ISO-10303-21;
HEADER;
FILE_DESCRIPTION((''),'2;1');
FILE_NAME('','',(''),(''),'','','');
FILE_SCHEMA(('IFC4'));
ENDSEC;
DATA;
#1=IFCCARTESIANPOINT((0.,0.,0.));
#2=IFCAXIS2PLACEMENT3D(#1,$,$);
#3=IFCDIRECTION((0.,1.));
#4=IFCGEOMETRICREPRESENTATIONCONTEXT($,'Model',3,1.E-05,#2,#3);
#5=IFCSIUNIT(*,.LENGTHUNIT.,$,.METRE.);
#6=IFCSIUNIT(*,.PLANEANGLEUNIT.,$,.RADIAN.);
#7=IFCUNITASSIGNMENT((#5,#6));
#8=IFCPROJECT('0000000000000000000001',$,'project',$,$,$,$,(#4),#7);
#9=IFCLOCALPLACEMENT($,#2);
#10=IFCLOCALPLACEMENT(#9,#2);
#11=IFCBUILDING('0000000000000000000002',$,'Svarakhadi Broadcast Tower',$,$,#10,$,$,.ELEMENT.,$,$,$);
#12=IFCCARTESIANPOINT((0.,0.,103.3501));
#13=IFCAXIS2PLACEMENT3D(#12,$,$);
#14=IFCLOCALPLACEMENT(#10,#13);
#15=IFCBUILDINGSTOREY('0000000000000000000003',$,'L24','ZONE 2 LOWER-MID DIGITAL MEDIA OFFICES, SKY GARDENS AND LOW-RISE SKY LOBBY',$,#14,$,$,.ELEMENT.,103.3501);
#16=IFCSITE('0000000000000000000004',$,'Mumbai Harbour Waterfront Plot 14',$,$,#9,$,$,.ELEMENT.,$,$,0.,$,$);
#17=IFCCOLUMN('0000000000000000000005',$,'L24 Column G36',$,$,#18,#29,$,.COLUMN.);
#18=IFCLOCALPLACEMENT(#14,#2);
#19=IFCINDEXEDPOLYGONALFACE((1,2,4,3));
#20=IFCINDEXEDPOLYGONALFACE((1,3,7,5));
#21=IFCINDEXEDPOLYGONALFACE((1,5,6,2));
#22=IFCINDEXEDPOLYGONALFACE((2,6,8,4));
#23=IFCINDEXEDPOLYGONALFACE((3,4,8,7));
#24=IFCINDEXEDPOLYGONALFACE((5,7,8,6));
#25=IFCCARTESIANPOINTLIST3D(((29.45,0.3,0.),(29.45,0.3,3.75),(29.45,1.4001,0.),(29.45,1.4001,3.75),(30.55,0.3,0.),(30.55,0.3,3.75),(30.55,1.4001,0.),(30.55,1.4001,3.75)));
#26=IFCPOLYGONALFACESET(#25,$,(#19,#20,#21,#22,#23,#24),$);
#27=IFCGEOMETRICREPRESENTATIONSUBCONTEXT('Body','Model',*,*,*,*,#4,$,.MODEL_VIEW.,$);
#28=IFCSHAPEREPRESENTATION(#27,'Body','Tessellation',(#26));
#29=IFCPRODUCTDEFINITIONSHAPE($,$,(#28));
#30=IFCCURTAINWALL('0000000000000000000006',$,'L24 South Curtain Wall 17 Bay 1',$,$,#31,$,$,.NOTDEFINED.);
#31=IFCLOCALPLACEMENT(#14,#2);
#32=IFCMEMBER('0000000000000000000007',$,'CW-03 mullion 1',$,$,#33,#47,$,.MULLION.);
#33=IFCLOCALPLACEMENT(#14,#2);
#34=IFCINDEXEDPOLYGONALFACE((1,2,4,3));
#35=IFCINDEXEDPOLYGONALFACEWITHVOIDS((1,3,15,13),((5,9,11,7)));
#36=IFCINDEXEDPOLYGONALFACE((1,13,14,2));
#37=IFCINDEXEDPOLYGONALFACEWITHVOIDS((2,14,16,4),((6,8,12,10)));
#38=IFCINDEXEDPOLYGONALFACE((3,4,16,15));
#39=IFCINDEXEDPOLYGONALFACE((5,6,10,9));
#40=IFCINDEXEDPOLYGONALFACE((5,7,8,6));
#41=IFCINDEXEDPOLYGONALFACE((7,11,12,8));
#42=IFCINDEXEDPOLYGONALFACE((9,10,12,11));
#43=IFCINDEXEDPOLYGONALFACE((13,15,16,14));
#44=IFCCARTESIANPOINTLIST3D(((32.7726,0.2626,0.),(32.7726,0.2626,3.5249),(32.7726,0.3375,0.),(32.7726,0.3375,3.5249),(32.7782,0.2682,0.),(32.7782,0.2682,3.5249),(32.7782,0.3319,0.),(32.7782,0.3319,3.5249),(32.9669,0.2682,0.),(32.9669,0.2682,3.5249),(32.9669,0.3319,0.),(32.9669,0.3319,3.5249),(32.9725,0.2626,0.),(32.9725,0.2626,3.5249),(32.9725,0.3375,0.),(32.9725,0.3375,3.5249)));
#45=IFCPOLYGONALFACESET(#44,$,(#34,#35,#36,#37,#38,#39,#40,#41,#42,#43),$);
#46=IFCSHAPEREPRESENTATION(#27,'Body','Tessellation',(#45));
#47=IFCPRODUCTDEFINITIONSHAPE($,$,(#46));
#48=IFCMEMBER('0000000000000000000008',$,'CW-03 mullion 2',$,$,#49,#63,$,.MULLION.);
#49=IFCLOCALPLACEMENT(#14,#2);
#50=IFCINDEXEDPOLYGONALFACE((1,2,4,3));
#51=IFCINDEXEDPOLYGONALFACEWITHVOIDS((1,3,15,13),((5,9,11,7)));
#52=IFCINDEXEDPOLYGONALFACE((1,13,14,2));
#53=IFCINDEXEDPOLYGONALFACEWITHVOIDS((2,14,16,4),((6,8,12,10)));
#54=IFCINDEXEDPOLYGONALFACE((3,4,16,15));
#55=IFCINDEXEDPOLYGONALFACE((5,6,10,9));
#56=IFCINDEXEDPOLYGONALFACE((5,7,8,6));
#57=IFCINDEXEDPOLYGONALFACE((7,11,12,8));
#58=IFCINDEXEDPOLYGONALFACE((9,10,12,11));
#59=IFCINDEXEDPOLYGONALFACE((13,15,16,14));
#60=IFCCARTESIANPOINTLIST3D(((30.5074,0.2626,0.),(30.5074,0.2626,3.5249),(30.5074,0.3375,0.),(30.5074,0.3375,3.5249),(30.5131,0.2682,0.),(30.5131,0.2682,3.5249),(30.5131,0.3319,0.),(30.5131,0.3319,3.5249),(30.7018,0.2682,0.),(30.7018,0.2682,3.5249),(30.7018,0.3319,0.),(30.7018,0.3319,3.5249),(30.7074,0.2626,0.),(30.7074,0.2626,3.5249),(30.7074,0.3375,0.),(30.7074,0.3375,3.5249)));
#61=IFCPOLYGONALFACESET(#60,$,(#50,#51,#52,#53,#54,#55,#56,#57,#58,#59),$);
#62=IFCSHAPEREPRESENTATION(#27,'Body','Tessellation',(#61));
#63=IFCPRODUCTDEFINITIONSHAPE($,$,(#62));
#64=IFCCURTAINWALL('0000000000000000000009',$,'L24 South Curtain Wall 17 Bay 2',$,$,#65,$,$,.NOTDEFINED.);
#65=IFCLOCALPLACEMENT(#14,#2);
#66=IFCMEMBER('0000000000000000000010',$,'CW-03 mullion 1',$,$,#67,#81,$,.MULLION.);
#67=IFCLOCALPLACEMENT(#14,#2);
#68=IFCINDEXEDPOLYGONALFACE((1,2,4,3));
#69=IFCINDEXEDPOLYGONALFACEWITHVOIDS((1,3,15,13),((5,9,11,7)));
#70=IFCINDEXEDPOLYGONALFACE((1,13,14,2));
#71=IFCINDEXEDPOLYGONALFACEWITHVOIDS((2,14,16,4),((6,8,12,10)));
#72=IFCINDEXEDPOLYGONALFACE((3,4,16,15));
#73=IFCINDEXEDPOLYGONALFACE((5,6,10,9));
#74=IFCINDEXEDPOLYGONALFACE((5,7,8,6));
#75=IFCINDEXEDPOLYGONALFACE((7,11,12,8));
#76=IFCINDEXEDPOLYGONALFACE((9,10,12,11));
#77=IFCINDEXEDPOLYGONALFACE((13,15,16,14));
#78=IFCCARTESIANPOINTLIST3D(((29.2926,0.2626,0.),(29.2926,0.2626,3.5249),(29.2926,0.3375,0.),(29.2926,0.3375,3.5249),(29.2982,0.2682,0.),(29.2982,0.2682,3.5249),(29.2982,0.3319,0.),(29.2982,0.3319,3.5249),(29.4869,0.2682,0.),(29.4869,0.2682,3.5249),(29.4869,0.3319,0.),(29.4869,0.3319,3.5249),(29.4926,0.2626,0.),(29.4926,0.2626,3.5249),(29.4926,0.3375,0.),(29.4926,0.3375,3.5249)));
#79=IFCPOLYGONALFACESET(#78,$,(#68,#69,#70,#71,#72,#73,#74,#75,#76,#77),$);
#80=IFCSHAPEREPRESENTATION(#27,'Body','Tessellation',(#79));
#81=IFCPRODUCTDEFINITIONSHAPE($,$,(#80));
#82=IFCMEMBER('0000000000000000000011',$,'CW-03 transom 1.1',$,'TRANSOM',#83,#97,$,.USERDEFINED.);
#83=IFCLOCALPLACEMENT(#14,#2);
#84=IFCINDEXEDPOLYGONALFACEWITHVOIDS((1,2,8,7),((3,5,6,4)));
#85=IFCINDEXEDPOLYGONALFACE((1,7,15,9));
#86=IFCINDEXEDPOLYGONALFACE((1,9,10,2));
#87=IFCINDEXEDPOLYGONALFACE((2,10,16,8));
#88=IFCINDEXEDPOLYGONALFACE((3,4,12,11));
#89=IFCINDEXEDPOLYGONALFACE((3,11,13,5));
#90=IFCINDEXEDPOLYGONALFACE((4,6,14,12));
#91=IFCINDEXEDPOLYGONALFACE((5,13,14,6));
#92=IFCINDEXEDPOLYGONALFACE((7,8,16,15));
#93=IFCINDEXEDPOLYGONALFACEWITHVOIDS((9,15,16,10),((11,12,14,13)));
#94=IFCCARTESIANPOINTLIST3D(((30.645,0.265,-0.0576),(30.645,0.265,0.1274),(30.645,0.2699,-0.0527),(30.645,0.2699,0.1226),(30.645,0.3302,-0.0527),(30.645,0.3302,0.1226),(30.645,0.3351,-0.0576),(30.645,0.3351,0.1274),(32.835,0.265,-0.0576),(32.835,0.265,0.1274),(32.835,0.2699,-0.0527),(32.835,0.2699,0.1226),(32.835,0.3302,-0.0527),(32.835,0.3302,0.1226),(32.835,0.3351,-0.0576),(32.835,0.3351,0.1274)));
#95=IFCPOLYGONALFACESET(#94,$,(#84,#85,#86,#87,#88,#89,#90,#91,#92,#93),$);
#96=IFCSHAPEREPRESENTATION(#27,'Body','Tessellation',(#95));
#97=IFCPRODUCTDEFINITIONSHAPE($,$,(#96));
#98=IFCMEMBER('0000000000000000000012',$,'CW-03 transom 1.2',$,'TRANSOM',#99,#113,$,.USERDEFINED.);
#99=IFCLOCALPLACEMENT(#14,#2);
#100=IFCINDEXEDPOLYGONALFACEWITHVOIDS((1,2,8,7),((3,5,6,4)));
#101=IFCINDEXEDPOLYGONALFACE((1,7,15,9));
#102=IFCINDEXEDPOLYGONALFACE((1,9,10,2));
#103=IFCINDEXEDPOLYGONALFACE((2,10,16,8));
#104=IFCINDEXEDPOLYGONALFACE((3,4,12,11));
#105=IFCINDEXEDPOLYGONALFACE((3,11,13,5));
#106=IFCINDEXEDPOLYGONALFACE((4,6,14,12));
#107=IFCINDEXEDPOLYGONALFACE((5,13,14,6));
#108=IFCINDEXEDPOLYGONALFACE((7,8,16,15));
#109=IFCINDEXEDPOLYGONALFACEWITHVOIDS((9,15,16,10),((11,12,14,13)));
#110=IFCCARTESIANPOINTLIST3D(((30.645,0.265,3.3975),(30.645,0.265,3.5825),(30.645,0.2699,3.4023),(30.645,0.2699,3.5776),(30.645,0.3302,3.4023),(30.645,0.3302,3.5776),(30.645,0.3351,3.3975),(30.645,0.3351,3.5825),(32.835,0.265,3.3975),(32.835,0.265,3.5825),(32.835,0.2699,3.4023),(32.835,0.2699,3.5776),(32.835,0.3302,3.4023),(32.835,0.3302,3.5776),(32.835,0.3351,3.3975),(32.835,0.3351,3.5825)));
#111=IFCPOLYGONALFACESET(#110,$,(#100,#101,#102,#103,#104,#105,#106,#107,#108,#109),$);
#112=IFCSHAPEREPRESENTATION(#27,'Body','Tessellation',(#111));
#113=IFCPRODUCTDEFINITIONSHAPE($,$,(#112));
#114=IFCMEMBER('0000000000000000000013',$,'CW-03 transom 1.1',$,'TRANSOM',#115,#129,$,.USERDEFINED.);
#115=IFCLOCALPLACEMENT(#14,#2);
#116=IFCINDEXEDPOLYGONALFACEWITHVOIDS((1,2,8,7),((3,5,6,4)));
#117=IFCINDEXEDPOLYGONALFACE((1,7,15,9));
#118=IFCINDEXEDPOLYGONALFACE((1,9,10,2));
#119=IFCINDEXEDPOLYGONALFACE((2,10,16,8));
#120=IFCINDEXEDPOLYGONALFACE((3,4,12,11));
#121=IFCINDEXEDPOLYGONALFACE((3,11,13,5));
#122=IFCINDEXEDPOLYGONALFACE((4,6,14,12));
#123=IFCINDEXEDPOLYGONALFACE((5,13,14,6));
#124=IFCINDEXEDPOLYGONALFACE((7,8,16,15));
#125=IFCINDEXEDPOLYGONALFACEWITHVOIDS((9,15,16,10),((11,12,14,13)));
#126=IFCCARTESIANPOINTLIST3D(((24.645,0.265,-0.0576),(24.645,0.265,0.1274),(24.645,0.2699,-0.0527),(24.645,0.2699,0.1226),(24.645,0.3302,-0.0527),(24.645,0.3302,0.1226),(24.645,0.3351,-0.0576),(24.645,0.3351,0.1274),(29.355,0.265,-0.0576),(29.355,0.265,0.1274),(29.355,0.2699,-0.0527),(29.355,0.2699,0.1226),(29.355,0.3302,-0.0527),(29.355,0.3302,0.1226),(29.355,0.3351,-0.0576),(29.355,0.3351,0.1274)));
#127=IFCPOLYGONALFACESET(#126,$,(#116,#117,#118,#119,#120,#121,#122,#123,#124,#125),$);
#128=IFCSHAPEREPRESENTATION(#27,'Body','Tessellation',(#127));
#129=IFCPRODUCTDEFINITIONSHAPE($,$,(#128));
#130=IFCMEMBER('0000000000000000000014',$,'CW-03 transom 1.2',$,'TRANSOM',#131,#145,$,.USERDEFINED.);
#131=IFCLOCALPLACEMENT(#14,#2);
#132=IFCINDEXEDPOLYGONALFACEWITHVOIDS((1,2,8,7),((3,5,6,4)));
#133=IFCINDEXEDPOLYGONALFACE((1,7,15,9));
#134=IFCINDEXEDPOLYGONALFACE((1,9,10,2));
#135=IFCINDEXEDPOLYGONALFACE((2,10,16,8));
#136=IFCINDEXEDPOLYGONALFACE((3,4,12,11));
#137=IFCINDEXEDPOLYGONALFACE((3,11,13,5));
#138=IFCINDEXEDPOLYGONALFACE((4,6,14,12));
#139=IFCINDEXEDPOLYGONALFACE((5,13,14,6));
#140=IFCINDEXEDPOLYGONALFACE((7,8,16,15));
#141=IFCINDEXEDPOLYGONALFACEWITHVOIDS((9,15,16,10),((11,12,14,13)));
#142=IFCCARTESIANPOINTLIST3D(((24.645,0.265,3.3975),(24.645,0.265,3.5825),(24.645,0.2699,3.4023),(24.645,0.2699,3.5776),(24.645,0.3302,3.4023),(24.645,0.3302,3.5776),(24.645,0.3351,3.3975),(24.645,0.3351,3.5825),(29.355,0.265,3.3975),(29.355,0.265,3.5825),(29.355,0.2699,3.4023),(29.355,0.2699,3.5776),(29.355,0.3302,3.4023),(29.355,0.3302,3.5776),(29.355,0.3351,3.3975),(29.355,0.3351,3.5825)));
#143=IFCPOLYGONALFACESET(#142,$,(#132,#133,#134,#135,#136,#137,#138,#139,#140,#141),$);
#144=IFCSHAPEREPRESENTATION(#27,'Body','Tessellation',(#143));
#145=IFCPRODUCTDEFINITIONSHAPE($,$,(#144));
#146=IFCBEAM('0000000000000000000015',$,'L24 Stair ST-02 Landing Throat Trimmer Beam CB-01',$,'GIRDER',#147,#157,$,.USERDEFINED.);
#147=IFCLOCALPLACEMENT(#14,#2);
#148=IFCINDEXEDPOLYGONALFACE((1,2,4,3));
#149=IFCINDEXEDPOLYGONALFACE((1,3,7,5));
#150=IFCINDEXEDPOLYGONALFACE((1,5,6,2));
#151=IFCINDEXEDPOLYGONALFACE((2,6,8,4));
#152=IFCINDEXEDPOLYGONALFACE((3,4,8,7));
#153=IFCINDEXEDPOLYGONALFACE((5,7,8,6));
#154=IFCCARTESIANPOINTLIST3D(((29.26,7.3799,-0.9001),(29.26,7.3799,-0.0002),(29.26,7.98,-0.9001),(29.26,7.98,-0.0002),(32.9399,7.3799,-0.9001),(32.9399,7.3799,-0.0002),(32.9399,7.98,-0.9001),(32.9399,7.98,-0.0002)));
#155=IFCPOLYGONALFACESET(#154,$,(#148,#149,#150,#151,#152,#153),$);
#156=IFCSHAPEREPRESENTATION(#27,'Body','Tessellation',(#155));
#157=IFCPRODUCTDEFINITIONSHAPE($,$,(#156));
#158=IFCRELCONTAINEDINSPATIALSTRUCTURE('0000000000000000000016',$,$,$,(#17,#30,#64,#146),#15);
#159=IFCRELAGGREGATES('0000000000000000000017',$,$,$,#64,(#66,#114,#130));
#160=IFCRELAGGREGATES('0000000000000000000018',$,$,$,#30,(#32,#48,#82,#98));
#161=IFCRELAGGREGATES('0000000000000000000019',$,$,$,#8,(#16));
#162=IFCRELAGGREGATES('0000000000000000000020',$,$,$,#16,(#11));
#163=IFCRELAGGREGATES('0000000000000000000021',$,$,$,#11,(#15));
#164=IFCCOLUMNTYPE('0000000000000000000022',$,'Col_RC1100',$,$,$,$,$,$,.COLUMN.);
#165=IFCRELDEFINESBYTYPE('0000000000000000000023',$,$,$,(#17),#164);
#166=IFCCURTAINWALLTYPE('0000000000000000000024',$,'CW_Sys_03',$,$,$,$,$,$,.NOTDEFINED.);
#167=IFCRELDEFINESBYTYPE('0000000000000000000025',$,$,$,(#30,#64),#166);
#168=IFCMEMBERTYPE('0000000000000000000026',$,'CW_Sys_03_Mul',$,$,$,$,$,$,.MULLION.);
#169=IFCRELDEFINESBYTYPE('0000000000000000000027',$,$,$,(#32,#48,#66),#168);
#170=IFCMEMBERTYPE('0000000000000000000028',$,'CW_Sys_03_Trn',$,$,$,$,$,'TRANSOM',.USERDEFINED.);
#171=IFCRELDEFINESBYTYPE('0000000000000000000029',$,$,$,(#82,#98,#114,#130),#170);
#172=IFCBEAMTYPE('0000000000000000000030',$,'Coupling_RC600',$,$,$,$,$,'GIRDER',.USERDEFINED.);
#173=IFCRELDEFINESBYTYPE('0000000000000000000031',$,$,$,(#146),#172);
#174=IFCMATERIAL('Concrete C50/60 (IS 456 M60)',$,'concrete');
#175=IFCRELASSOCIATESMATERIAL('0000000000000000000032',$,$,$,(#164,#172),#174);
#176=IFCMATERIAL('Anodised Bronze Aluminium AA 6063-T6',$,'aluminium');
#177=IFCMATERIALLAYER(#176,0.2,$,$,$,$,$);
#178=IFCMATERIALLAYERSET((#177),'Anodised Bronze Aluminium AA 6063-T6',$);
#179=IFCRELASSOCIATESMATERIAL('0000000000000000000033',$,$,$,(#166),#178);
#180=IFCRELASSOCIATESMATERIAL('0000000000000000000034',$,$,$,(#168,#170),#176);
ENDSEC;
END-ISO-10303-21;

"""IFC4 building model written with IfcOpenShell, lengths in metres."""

from ifc_helpers import new_model, si_unit, direction, frame, origin, origin_2d, place, context, subcontext, project, spatial, rectangle, hollow_rectangle, extrude, material, layer, layer_set, material_profile, profile_set, type_object, element, aggregate, save


model = new_model("IFC4")

# Units and contexts
model_context = context("Model", 3, precision=1e-05, world=origin(), true_north=direction((0.0, 1.0)))
body_context = subcontext(model_context, "Body", "Model", "MODEL_VIEW")
ifc_project = project(units=[si_unit("LENGTHUNIT", "METRE"), si_unit("PLANEANGLEUNIT", "RADIAN")], contexts=[model_context])

# Site, building, storey
site_placement = place(None, origin())
site = spatial("IfcSite", under=ifc_project, at=site_placement, Name="Mumbai Harbour Waterfront Plot 14", CompositionType="ELEMENT", RefElevation=0.0)
building_placement = place(site_placement, origin())
building = spatial("IfcBuilding", under=site, at=building_placement, Name="Svarakhadi Broadcast Tower", CompositionType="ELEMENT")
storey_placement = place(building_placement, frame((0.0, 0.0, 103.3501)))
storey = spatial("IfcBuildingStorey", under=building, at=storey_placement, Name="L24", Description="ZONE 2 LOWER-MID DIGITAL MEDIA OFFICES, SKY GARDENS AND LOW-RISE SKY LOBBY", CompositionType="ELEMENT", Elevation=103.3501)

# Column
ifc_material_1 = material(Name="Concrete C50/60 (IS 456 M60)", Category="concrete")
ifc_material_profile_1 = material_profile(ifc_material_1, rectangle(XDim=1.1001, YDim=1.1001, at=origin_2d()), Name="RC 1100x1100")
ifc_profile_set_1 = profile_set([ifc_material_profile_1], Name="Concrete C50/60 (IS 456 M60)")
column_type = type_object("IfcColumnType", Name="Col_RC1100", PredefinedType="COLUMN", material=ifc_profile_set_1)
column_placement = place(storey_placement, frame((30.0, 0.8501, 0.0), z_axis=(0.0, 0.0, 1.0), x_axis=(1.0, 0.0, 0.0)))
element("IfcColumn", 1, at=column_placement, inside=storey, type_object=column_type, Name="L24 Column G36", PredefinedType="COLUMN", context=body_context, shape_type="SweptSolid", body=[
    extrude(rectangle(XDim=1.1001, YDim=1.1001, at=origin_2d()), origin(), (0.0, 0.0, 1.0), 3.75),
])

# Curtain wall, members
ifc_material_2 = material(Name="Anodised Bronze Aluminium AA 6063-T6", Category="aluminium")
ifc_layer_1 = layer(ifc_material_2, 0.2)
ifc_layer_set_1 = layer_set([ifc_layer_1], Name="Anodised Bronze Aluminium AA 6063-T6")
curtain_wall_type = type_object("IfcCurtainWallType", Name="CW_Sys_03", PredefinedType="NOTDEFINED", material=ifc_layer_set_1)
curtain_wall_1_placement = place(storey_placement, origin())
curtain_wall_1 = element("IfcCurtainWall", 2, at=curtain_wall_1_placement, inside=storey, type_object=curtain_wall_type, Name="L24 South Curtain Wall 17 Bay 1", PredefinedType="NOTDEFINED")
ifc_material_profile_2 = material_profile(ifc_material_2, hollow_rectangle(XDim=0.075, YDim=0.2, WallThickness=0.0056, at=origin_2d()), Name="ALU MULLION 200x75x6")
ifc_profile_set_2 = profile_set([ifc_material_profile_2], Name="Anodised Bronze Aluminium AA 6063-T6")
member_type_1 = type_object("IfcMemberType", Name="CW_Sys_03_Mul", PredefinedType="MULLION", material=ifc_profile_set_2)
member_1_placement = place(storey_placement, frame((32.8726, 0.3, 0.0), z_axis=(0.0, 0.0, 1.0), x_axis=(0.0, -1.0, 0.0)))
member_1 = element("IfcMember", 3, at=member_1_placement, type_object=member_type_1, Name="CW-03 mullion 1", PredefinedType="MULLION", context=body_context, shape_type="SweptSolid", body=[
    extrude(hollow_rectangle(XDim=0.075, YDim=0.2, WallThickness=0.0056, at=origin_2d()), origin(), (0.0, 0.0, 1.0), 3.5249),
])
member_2_placement = place(storey_placement, frame((30.6074, 0.3, 0.0), z_axis=(0.0, 0.0, 1.0), x_axis=(0.0, -1.0, 0.0)))
member_2 = element("IfcMember", 4, at=member_2_placement, type_object=member_type_1, Name="CW-03 mullion 2", PredefinedType="MULLION", context=body_context, shape_type="SweptSolid", body=[
    extrude(hollow_rectangle(XDim=0.075, YDim=0.2, WallThickness=0.0056, at=origin_2d()), origin(), (0.0, 0.0, 1.0), 3.5249),
])

# Curtain wall, member
curtain_wall_2_placement = place(storey_placement, origin())
curtain_wall_2 = element("IfcCurtainWall", 5, at=curtain_wall_2_placement, inside=storey, type_object=curtain_wall_type, Name="L24 South Curtain Wall 17 Bay 2", PredefinedType="NOTDEFINED")
member_3_placement = place(storey_placement, frame((29.3926, 0.3, 0.0), z_axis=(0.0, 0.0, 1.0), x_axis=(0.0, -1.0, 0.0)))
member_3 = element("IfcMember", 6, at=member_3_placement, type_object=member_type_1, Name="CW-03 mullion 1", PredefinedType="MULLION", context=body_context, shape_type="SweptSolid", body=[
    extrude(hollow_rectangle(XDim=0.075, YDim=0.2, WallThickness=0.0056, at=origin_2d()), origin(), (0.0, 0.0, 1.0), 3.5249),
])

# Members
ifc_material_profile_3 = material_profile(ifc_material_2, hollow_rectangle(XDim=0.0701, YDim=0.1851, WallThickness=0.0049, at=origin_2d()), Name="ALU TRANSOM 185x70x5")
ifc_profile_set_3 = profile_set([ifc_material_profile_3], Name="Anodised Bronze Aluminium AA 6063-T6")
member_type_2 = type_object("IfcMemberType", Name="CW_Sys_03_Trn", ElementType="TRANSOM", PredefinedType="USERDEFINED", material=ifc_profile_set_3)
member_4_placement = place(storey_placement, frame((32.835, 0.3, 0.0349), z_axis=(-1.0, 0.0, 0.0), x_axis=(0.0, -1.0, 0.0)))
member_4 = element("IfcMember", 7, at=member_4_placement, type_object=member_type_2, Name="CW-03 transom 1.1", ObjectType="TRANSOM", PredefinedType="USERDEFINED", context=body_context, shape_type="SweptSolid", body=[
    extrude(hollow_rectangle(XDim=0.0701, YDim=0.1851, WallThickness=0.0049, at=origin_2d()), origin(), (0.0, 0.0, 1.0), 2.1899),
])
member_5_placement = place(storey_placement, frame((32.835, 0.3, 3.49), z_axis=(-1.0, 0.0, 0.0), x_axis=(0.0, -1.0, 0.0)))
member_5 = element("IfcMember", 8, at=member_5_placement, type_object=member_type_2, Name="CW-03 transom 1.2", ObjectType="TRANSOM", PredefinedType="USERDEFINED", context=body_context, shape_type="SweptSolid", body=[
    extrude(hollow_rectangle(XDim=0.0701, YDim=0.1851, WallThickness=0.0049, at=origin_2d()), origin(), (0.0, 0.0, 1.0), 2.1899),
])
member_6_placement = place(storey_placement, frame((29.355, 0.3, 0.0349), z_axis=(-1.0, 0.0, 0.0), x_axis=(0.0, -1.0, 0.0)))
member_6 = element("IfcMember", 9, at=member_6_placement, type_object=member_type_2, Name="CW-03 transom 1.1", ObjectType="TRANSOM", PredefinedType="USERDEFINED", context=body_context, shape_type="SweptSolid", body=[
    extrude(hollow_rectangle(XDim=0.0701, YDim=0.1851, WallThickness=0.0049, at=origin_2d()), origin(), (0.0, 0.0, 1.0), 4.71),
])
member_7_placement = place(storey_placement, frame((29.355, 0.3, 3.49), z_axis=(-1.0, 0.0, 0.0), x_axis=(0.0, -1.0, 0.0)))
member_7 = element("IfcMember", 10, at=member_7_placement, type_object=member_type_2, Name="CW-03 transom 1.2", ObjectType="TRANSOM", PredefinedType="USERDEFINED", context=body_context, shape_type="SweptSolid", body=[
    extrude(hollow_rectangle(XDim=0.0701, YDim=0.1851, WallThickness=0.0049, at=origin_2d()), origin(), (0.0, 0.0, 1.0), 4.71),
])
aggregate(curtain_wall_2, [member_3, member_6, member_7])

# Beam
ifc_material_profile_4 = material_profile(ifc_material_1, rectangle(XDim=0.6001, YDim=0.8999, at=origin_2d()), Name="RC 600x900")
ifc_profile_set_4 = profile_set([ifc_material_profile_4], Name="Concrete C50/60 (IS 456 M60)")
beam_type_1 = type_object("IfcBeamType", Name="Coupling_RC600", ElementType="GIRDER", PredefinedType="USERDEFINED", material=ifc_profile_set_4)
beam_1_placement = place(storey_placement, frame((29.26, 7.6799, -0.4502), z_axis=(1.0, 0.0, 0.0), x_axis=(0.0, 1.0, 0.0)))
element("IfcBeam", 11, at=beam_1_placement, inside=storey, type_object=beam_type_1, Name="L24 Stair ST-02 Landing Throat Trimmer Beam CB-01", ObjectType="GIRDER", PredefinedType="USERDEFINED", context=body_context, shape_type="SweptSolid", body=[
    extrude(rectangle(XDim=0.6001, YDim=0.8999, at=origin_2d()), origin(), (0.0, 0.0, 1.0), 3.6799),
])

aggregate(curtain_wall_1, [member_1, member_2, member_4, member_5])

save(model, "model.ifc")
